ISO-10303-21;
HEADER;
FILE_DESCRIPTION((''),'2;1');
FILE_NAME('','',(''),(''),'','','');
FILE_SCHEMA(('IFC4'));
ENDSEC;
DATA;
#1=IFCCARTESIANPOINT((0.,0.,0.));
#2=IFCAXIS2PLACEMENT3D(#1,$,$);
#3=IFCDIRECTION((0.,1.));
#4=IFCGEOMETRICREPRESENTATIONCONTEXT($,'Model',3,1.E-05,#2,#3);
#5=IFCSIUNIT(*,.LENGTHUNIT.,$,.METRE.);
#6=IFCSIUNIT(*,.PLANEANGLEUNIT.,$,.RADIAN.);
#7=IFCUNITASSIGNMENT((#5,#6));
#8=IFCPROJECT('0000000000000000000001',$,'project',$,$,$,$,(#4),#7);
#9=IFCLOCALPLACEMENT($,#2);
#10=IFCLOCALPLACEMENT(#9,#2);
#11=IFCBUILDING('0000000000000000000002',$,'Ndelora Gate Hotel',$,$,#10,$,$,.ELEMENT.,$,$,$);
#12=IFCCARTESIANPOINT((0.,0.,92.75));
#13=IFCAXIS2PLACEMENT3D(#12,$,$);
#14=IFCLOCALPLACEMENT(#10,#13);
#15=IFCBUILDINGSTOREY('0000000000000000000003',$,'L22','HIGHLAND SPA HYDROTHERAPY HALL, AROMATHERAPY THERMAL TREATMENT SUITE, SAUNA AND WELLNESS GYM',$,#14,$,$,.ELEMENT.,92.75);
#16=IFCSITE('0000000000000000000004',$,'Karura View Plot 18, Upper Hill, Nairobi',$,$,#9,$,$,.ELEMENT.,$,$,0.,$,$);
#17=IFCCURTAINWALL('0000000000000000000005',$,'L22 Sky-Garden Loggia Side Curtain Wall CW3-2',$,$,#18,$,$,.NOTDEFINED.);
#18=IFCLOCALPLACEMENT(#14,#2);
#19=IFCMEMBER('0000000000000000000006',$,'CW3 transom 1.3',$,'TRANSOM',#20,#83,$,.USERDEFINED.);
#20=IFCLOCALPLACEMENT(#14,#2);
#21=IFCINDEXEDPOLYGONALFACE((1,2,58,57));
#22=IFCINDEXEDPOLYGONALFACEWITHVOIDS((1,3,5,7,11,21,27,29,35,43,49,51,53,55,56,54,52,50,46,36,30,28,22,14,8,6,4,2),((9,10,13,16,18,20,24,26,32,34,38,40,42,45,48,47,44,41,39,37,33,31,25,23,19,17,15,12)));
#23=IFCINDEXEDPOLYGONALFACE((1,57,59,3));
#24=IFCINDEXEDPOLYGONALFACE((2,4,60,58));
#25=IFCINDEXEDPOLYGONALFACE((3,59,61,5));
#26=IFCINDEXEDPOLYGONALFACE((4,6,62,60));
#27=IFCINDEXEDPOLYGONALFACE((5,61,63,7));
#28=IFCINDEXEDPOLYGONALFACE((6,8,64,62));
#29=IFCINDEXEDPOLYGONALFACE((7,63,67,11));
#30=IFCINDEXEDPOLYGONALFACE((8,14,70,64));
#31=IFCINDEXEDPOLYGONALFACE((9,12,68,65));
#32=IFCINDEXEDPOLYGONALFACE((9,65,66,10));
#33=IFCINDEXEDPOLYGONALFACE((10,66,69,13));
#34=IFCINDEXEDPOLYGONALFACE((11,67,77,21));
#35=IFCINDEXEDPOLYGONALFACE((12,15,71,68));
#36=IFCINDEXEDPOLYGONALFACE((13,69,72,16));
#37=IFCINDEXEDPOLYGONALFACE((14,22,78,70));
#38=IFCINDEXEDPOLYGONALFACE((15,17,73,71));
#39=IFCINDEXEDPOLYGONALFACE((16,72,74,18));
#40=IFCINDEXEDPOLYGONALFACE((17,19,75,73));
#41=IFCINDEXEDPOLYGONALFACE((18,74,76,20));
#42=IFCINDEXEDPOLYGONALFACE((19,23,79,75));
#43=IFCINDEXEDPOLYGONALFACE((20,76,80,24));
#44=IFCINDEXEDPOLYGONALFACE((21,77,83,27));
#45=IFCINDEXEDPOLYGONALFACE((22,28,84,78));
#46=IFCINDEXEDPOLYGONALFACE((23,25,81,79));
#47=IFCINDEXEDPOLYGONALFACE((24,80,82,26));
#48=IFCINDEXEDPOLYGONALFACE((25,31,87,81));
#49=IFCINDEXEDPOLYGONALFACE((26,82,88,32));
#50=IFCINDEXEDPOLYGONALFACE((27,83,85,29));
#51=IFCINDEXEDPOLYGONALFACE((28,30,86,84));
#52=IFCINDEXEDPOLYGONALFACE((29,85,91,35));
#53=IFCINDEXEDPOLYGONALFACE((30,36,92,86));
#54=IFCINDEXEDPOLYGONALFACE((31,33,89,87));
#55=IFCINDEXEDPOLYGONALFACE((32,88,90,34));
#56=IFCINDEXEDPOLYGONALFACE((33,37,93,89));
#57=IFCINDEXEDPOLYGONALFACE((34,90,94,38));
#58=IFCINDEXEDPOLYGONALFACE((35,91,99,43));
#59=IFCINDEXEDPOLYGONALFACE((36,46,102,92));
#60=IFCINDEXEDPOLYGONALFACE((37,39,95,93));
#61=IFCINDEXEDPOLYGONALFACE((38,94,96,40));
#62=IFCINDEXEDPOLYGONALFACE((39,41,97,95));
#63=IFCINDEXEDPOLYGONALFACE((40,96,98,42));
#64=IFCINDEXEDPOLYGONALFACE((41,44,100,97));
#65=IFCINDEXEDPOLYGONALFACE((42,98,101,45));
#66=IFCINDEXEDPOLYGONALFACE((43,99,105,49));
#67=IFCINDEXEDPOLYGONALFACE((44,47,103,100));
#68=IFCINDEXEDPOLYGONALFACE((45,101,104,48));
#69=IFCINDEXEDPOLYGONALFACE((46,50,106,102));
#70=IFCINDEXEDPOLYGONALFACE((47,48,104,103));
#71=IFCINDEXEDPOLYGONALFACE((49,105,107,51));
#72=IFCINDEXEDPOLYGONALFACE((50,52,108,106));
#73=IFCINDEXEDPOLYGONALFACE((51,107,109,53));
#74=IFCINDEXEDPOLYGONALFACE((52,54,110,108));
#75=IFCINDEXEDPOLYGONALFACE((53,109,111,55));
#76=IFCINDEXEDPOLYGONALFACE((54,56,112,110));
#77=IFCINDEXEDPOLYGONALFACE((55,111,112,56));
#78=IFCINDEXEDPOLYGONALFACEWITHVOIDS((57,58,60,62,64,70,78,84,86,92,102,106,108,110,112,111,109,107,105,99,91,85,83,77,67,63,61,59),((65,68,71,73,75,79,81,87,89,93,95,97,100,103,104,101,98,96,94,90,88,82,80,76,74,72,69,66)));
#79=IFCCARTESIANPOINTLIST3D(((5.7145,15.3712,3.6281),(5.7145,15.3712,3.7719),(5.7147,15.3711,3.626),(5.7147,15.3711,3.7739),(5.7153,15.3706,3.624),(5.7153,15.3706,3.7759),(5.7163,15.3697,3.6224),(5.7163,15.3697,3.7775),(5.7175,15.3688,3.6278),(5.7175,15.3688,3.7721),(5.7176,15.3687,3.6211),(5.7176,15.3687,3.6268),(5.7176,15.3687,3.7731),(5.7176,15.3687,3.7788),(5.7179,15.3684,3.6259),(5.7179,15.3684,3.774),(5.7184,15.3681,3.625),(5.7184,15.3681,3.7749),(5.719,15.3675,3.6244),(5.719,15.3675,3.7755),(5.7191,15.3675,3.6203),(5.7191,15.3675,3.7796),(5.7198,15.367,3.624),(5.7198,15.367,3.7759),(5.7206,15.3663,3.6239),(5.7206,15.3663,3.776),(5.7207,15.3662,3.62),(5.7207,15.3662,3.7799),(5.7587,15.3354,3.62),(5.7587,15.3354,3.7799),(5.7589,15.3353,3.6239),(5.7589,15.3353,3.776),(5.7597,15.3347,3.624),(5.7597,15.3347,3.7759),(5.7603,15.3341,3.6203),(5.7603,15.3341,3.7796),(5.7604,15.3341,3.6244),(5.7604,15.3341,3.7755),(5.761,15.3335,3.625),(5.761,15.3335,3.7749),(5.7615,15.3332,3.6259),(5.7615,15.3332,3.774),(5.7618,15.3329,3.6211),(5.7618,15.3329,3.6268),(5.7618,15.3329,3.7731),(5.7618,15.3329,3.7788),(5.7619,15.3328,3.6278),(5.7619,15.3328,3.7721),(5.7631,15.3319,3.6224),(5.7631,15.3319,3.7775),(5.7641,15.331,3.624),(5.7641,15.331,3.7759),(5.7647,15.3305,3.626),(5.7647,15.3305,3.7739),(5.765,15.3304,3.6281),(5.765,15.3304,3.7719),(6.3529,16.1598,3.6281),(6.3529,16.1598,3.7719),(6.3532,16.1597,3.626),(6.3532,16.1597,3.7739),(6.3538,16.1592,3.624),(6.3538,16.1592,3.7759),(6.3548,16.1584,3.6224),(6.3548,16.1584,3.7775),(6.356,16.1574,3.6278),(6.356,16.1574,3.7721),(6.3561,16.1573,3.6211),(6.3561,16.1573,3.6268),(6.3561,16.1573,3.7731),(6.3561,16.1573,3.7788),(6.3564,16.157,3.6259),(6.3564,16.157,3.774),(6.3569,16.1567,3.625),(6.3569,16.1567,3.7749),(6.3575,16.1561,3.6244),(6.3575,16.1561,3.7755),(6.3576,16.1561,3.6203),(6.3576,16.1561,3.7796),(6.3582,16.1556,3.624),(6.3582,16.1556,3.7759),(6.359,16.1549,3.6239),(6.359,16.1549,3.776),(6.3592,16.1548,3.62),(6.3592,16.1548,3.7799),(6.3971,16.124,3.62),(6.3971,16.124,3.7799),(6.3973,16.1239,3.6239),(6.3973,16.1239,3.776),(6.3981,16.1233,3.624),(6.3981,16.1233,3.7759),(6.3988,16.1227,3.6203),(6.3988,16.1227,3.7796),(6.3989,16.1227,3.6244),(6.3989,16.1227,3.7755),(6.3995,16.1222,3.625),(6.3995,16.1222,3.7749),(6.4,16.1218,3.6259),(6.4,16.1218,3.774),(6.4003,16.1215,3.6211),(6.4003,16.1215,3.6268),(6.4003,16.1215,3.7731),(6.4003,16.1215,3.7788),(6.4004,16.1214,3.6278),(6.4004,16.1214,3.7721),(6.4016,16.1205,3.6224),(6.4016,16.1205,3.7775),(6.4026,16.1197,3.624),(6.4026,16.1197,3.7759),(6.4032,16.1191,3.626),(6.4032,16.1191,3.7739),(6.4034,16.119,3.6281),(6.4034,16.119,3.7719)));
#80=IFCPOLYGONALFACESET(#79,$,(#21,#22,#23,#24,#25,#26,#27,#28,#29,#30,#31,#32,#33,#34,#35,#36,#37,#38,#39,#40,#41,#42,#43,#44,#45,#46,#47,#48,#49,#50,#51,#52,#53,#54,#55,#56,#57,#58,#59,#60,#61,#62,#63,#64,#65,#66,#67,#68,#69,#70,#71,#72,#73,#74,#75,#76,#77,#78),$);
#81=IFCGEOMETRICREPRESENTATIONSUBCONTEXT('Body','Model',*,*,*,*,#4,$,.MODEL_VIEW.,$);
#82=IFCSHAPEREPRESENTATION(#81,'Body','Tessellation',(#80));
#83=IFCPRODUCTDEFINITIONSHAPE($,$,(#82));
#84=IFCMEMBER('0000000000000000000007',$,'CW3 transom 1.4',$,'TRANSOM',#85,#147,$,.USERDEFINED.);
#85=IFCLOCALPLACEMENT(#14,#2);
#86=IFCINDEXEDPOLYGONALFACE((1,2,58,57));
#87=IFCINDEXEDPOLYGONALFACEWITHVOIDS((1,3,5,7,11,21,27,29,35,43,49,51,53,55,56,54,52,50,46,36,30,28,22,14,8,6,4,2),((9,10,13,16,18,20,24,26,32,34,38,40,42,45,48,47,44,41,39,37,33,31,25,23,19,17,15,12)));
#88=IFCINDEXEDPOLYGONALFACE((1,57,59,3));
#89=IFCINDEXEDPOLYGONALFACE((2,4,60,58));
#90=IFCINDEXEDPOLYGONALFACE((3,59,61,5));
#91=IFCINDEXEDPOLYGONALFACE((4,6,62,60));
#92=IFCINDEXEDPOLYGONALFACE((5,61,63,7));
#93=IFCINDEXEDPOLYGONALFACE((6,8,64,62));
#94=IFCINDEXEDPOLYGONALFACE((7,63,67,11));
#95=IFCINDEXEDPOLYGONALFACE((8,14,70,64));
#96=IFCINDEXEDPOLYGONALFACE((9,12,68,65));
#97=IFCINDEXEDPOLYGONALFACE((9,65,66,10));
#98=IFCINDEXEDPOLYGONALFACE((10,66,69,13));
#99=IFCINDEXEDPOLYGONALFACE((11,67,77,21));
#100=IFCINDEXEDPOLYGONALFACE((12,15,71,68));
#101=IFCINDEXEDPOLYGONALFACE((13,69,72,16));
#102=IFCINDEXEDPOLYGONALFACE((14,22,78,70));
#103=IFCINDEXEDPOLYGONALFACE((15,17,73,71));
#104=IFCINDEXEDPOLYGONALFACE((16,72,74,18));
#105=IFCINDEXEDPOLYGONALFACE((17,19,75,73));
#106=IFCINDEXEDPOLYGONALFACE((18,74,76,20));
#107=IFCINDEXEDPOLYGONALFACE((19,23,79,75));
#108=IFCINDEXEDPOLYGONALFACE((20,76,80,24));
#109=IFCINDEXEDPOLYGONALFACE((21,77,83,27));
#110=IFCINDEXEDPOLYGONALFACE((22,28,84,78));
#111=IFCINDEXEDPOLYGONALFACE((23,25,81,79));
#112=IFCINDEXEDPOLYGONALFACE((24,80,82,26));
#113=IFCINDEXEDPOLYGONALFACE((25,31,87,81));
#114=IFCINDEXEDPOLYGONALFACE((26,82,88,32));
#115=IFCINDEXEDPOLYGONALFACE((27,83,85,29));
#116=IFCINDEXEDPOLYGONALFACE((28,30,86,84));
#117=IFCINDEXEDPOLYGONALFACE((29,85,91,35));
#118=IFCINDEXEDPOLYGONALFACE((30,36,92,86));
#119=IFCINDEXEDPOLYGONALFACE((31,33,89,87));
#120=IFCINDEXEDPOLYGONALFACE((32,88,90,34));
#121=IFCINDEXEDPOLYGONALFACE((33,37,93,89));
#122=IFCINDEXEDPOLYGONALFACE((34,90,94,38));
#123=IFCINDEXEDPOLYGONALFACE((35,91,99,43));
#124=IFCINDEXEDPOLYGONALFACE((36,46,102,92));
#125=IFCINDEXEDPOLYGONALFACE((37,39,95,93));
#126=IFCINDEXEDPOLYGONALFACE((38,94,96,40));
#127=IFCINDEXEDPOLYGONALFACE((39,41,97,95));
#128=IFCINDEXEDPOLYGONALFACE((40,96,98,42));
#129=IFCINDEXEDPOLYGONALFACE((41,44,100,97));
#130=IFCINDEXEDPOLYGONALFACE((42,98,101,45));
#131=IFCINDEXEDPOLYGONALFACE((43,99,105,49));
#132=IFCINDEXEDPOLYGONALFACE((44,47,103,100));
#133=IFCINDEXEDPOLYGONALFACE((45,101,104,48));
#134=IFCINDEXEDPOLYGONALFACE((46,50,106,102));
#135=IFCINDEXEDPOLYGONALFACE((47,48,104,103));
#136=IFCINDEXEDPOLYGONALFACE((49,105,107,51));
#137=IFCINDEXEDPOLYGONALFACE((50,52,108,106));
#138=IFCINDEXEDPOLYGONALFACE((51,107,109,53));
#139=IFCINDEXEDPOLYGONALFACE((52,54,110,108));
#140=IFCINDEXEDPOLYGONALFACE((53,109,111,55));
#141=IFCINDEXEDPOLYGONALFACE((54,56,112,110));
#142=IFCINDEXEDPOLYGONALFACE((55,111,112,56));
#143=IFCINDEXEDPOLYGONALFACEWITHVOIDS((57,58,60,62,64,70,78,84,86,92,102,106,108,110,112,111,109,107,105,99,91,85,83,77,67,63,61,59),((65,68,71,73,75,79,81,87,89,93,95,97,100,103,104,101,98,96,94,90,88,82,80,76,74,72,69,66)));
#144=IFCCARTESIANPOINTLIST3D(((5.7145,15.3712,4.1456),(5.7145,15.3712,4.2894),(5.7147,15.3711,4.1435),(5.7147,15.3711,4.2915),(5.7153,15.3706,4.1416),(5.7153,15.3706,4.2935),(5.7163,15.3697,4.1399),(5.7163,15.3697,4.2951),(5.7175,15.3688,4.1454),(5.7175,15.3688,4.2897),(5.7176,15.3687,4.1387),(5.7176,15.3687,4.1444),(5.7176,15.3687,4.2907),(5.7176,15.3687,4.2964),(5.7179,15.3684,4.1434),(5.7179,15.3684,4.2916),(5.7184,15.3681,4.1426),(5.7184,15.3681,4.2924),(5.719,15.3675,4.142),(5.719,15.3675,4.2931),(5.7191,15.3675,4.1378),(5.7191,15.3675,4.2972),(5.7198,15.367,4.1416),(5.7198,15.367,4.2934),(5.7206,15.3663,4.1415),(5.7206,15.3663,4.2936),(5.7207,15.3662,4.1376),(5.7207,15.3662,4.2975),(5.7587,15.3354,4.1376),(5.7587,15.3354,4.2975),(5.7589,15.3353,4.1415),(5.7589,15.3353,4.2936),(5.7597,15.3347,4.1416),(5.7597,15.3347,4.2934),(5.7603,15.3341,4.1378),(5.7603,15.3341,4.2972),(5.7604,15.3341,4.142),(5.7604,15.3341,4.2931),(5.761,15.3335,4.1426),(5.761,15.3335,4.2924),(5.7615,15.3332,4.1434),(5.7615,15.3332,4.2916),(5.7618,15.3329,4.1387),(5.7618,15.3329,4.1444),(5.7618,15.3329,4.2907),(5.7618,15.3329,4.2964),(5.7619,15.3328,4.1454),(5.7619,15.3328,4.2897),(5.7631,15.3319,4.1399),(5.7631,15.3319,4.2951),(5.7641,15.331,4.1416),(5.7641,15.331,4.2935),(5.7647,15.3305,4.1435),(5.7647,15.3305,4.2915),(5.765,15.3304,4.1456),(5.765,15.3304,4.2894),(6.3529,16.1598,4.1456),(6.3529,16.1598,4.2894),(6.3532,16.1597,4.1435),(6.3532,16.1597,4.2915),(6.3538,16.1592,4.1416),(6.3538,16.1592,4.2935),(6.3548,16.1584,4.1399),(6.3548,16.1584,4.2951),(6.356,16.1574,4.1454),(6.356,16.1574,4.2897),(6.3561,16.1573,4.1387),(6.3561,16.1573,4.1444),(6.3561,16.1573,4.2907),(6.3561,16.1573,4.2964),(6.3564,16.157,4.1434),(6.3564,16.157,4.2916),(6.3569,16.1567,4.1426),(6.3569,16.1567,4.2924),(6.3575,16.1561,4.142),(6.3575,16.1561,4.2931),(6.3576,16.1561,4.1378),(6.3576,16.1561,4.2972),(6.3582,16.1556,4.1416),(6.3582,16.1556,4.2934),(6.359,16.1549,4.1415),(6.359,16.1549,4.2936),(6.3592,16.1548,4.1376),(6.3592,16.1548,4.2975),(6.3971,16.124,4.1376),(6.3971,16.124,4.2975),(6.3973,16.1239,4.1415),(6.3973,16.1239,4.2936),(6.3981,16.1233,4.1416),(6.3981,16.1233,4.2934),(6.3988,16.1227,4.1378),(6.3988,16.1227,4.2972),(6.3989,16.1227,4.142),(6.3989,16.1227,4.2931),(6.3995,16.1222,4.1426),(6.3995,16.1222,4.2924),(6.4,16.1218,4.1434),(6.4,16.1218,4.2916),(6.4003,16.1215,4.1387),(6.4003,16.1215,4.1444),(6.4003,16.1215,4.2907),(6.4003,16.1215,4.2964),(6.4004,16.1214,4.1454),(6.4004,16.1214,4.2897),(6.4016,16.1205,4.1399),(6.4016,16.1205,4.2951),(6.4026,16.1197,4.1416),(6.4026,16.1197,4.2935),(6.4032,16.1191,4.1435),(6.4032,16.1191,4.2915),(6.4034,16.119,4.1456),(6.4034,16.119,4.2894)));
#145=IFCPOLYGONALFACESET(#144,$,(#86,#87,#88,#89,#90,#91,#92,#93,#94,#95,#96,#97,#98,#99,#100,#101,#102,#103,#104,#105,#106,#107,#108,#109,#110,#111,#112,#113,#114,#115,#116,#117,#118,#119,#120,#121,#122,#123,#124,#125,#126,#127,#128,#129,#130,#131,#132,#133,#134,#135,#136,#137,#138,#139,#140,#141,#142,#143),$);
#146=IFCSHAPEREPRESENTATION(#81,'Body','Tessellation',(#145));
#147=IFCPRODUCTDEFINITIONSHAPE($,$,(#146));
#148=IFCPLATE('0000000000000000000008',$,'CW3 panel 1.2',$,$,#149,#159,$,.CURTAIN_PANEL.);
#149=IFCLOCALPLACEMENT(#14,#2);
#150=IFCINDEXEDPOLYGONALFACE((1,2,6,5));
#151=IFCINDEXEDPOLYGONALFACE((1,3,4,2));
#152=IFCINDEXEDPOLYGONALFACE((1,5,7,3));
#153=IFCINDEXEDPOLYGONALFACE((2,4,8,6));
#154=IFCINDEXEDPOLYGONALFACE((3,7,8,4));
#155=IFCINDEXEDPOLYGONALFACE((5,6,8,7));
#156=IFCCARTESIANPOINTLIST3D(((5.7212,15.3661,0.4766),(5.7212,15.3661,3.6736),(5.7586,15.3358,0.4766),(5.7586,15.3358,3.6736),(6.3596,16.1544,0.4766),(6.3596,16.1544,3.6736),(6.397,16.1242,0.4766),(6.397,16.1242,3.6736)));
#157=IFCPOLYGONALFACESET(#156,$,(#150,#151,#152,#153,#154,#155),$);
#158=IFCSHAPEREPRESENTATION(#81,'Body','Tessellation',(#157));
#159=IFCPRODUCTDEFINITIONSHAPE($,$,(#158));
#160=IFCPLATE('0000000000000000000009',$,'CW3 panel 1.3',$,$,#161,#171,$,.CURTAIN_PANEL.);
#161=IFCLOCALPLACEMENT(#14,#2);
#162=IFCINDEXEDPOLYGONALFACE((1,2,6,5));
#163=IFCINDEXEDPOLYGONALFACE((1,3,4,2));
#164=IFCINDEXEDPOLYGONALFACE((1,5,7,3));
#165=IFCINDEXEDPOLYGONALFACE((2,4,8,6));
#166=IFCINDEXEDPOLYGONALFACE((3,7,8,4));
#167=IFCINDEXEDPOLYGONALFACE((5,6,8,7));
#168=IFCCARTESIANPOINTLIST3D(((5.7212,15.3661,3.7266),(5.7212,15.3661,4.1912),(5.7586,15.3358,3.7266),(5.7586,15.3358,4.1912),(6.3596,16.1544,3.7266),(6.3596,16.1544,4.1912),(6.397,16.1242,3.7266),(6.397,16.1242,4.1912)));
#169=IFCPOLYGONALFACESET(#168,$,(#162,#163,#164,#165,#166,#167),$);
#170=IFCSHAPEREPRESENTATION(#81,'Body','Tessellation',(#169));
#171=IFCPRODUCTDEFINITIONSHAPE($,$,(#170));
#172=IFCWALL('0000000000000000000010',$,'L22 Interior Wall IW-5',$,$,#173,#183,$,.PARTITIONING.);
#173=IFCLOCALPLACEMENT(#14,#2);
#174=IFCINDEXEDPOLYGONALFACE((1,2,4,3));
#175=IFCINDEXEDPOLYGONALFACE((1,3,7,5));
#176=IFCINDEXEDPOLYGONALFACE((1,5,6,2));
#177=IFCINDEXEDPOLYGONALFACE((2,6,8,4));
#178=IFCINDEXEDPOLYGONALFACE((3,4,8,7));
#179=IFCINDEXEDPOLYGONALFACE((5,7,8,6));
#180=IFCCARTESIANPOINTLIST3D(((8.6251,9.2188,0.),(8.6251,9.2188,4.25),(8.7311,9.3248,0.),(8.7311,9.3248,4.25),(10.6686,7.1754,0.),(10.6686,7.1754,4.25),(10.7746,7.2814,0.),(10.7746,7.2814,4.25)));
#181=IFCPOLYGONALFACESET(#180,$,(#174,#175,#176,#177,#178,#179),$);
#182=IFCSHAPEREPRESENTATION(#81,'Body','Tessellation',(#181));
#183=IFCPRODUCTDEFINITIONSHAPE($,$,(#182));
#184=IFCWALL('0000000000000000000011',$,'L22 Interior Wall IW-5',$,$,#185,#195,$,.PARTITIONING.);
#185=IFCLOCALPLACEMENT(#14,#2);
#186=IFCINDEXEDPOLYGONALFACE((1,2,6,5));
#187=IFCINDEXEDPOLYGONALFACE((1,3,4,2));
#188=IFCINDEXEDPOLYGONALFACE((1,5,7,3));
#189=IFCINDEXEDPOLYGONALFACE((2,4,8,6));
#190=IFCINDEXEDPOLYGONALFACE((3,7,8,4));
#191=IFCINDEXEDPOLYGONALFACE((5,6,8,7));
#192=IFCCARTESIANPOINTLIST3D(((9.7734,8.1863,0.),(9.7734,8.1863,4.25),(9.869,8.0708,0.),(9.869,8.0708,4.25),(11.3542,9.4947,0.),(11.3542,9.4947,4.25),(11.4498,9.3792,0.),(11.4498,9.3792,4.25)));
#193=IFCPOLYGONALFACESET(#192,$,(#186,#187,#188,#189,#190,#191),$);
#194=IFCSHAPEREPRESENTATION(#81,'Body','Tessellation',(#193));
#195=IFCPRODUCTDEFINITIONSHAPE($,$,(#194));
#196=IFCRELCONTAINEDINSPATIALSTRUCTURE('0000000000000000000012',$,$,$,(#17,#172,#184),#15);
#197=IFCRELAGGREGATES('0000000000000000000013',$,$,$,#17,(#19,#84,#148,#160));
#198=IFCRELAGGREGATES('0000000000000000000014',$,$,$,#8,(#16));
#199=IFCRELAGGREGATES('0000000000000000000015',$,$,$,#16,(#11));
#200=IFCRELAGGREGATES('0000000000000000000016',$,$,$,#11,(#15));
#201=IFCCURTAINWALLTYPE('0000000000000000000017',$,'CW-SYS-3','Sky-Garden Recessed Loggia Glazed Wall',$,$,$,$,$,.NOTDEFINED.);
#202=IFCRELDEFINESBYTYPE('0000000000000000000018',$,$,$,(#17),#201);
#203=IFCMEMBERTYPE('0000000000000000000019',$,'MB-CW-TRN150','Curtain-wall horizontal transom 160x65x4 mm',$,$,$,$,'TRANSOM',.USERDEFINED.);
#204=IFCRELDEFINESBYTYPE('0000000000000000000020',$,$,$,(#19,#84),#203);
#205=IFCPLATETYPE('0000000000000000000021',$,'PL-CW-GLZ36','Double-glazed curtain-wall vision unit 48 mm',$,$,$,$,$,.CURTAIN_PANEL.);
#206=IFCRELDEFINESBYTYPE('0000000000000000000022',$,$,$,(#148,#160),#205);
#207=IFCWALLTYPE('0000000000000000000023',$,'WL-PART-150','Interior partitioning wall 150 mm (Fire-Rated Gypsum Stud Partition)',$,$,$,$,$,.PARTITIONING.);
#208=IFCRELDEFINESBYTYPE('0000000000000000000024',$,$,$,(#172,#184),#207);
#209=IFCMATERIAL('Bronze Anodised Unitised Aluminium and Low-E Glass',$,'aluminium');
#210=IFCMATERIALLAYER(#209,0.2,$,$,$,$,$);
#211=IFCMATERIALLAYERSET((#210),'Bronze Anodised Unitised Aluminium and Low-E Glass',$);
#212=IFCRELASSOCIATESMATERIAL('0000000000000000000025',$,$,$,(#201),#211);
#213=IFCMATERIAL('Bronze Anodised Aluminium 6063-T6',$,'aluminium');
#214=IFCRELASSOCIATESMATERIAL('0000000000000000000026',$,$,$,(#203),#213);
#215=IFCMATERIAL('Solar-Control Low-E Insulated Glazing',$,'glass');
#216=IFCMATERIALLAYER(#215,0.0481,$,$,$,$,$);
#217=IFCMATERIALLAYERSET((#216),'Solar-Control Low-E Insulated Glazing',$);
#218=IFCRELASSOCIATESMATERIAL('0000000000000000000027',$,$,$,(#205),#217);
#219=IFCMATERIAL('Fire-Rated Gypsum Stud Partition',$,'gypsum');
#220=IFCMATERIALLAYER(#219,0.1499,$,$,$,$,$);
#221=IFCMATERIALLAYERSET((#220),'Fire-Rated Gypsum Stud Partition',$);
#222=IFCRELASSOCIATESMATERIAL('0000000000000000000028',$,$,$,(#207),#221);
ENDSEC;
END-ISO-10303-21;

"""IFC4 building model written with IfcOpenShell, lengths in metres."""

from ifc_helpers import new_model, si_unit, direction, frame, frame_2d, origin, origin_2d, place, context, subcontext, project, spatial, rectangle, hollow_rectangle, extrude, material, layer, layer_set, material_profile, profile_set, type_object, element, aggregate, save


model = new_model("IFC4")

# Units and contexts
model_context = context("Model", 3, precision=1e-05, world=origin(), true_north=direction((0.0, 1.0)))
body_context = subcontext(model_context, "Body", "Model", "MODEL_VIEW")
ifc_project = project(units=[si_unit("LENGTHUNIT", "METRE"), si_unit("PLANEANGLEUNIT", "RADIAN")], contexts=[model_context])

# Site, building, storey
site_placement = place(None, origin())
site = spatial("IfcSite", under=ifc_project, at=site_placement, Name="Karura View Plot 18, Upper Hill, Nairobi", CompositionType="ELEMENT", RefElevation=0.0)
building_placement = place(site_placement, origin())
building = spatial("IfcBuilding", under=site, at=building_placement, Name="Ndelora Gate Hotel", CompositionType="ELEMENT")
storey_placement = place(building_placement, frame((0.0, 0.0, 92.75)))
storey = spatial("IfcBuildingStorey", under=building, at=storey_placement, Name="L22", Description="HIGHLAND SPA HYDROTHERAPY HALL, AROMATHERAPY THERMAL TREATMENT SUITE, SAUNA AND WELLNESS GYM", CompositionType="ELEMENT", Elevation=92.75)

# Curtain wall, members, plates
ifc_material_1 = material(Name="Bronze Anodised Unitised Aluminium and Low-E Glass", Category="aluminium")
ifc_layer_1 = layer(ifc_material_1, 0.2)
ifc_layer_set_1 = layer_set([ifc_layer_1], Name="Bronze Anodised Unitised Aluminium and Low-E Glass")
curtain_wall_type = type_object("IfcCurtainWallType", Name="CW-SYS-3", Description="Sky-Garden Recessed Loggia Glazed Wall", PredefinedType="NOTDEFINED", material=ifc_layer_set_1)
curtain_wall_placement = place(storey_placement, origin())
curtain_wall = element("IfcCurtainWall", 1, at=curtain_wall_placement, inside=storey, type_object=curtain_wall_type, Name="L22 Sky-Garden Loggia Side Curtain Wall CW3-2", PredefinedType="NOTDEFINED")
ifc_material_2 = material(Name="Bronze Anodised Aluminium 6063-T6", Category="aluminium")
ifc_material_profile_1 = material_profile(ifc_material_2, hollow_rectangle(XDim=0.0649, YDim=0.1599, WallThickness=0.0039, InnerFilletRadius=0.0039, OuterFilletRadius=0.0081, at=origin_2d()), Name="ALU 160x65x4")
ifc_profile_set_1 = profile_set([ifc_material_profile_1], Name="Bronze Anodised Aluminium 6063-T6")
member_type_1 = type_object("IfcMemberType", Name="MB-CW-TRN150", Description="Curtain-wall horizontal transom 160x65x4 mm", ElementType="TRANSOM", PredefinedType="USERDEFINED", material=ifc_profile_set_1)
member_1_placement = place(storey_placement, frame((6.3782, 16.1394, 3.7), z_axis=(-0.629233, -0.777217, 0.0), x_axis=(0.777217, -0.629233, 0.0)))
member_1 = element("IfcMember", 2, at=member_1_placement, type_object=member_type_1, Name="CW3 transom 1.3", ObjectType="TRANSOM", PredefinedType="USERDEFINED", context=body_context, shape_type="SweptSolid", body=[
    extrude(hollow_rectangle(XDim=0.0649, YDim=0.1599, WallThickness=0.0039, InnerFilletRadius=0.0039, OuterFilletRadius=0.0081, at=origin_2d()), origin(), (0.0, 0.0, 1.0), 1.0146),
])
member_2_placement = place(storey_placement, frame((6.3782, 16.1394, 4.2175), z_axis=(-0.629233, -0.777217, 0.0), x_axis=(0.777217, -0.629233, 0.0)))
member_2 = element("IfcMember", 3, at=member_2_placement, type_object=member_type_1, Name="CW3 transom 1.4", ObjectType="TRANSOM", PredefinedType="USERDEFINED", context=body_context, shape_type="SweptSolid", body=[
    extrude(hollow_rectangle(XDim=0.0649, YDim=0.1599, WallThickness=0.0039, InnerFilletRadius=0.0039, OuterFilletRadius=0.0081, at=origin_2d()), origin(), (0.0, 0.0, 1.0), 1.0146),
])
ifc_material_3 = material(Name="Solar-Control Low-E Insulated Glazing", Category="glass")
ifc_layer_2 = layer(ifc_material_3, 0.0481)
ifc_layer_set_2 = layer_set([ifc_layer_2], Name="Solar-Control Low-E Insulated Glazing")
plate_type = type_object("IfcPlateType", Name="PL-CW-GLZ36", Description="Double-glazed curtain-wall vision unit 48 mm", PredefinedType="CURTAIN_PANEL", material=ifc_layer_set_2)
plate_1_placement = place(storey_placement, frame((6.0591, 15.7451, 0.4766), z_axis=(0.0, 0.0, 1.0), x_axis=(-0.629324, -0.777143, 0.0)))
plate_1 = element("IfcPlate", 4, at=plate_1_placement, type_object=plate_type, Name="CW3 panel 1.2", PredefinedType="CURTAIN_PANEL", context=body_context, shape_type="SweptSolid", body=[
    extrude(rectangle(XDim=1.0144, YDim=0.0481, at=origin_2d()), origin(), (0.0, 0.0, 1.0), 3.197),
])
plate_2_placement = place(storey_placement, frame((6.0591, 15.7451, 3.7266), z_axis=(0.0, 0.0, 1.0), x_axis=(-0.629324, -0.777143, 0.0)))
plate_2 = element("IfcPlate", 5, at=plate_2_placement, type_object=plate_type, Name="CW3 panel 1.3", PredefinedType="CURTAIN_PANEL", context=body_context, shape_type="SweptSolid", body=[
    extrude(rectangle(XDim=1.0144, YDim=0.0481, at=origin_2d()), origin(), (0.0, 0.0, 1.0), 0.4646),
])
aggregate(curtain_wall, [member_1, member_2, plate_1, plate_2])

# Walls
ifc_material_4 = material(Name="Fire-Rated Gypsum Stud Partition", Category="gypsum")
ifc_layer_3 = layer(ifc_material_4, 0.1499)
ifc_layer_set_3 = layer_set([ifc_layer_3], Name="Fire-Rated Gypsum Stud Partition")
wall_type_1 = type_object("IfcWallType", Name="WL-PART-150", Description="Interior partitioning wall 150 mm (Fire-Rated Gypsum Stud Partition)", PredefinedType="PARTITIONING", material=ifc_layer_set_3)
wall_1_placement = place(storey_placement, frame((8.6782, 9.2717, 0.0), z_axis=(0.0, 0.0, 1.0), x_axis=(0.707107, -0.707107, 0.0)))
element("IfcWall", 6, at=wall_1_placement, inside=storey, type_object=wall_type_1, Name="L22 Interior Wall IW-5", PredefinedType="PARTITIONING", context=body_context, shape_type="SweptSolid", body=[
    extrude(rectangle(XDim=2.8899, YDim=0.1499, at=frame_2d((1.4448, 0.0))), origin(), (0.0, 0.0, 1.0), 4.25),
])
wall_2_placement = place(storey_placement, frame((9.8213, 8.1287, 0.0), z_axis=(0.0, 0.0, 1.0), x_axis=(0.770372, 0.637594, 0.0)))
element("IfcWall", 7, at=wall_2_placement, inside=storey, type_object=wall_type_1, Name="L22 Interior Wall IW-5", PredefinedType="PARTITIONING", context=body_context, shape_type="SweptSolid", body=[
    extrude(rectangle(XDim=2.052, YDim=0.1499, at=frame_2d((1.0259, 0.0))), origin(), (0.0, 0.0, 1.0), 4.25),
])

save(model, "model.ifc")
